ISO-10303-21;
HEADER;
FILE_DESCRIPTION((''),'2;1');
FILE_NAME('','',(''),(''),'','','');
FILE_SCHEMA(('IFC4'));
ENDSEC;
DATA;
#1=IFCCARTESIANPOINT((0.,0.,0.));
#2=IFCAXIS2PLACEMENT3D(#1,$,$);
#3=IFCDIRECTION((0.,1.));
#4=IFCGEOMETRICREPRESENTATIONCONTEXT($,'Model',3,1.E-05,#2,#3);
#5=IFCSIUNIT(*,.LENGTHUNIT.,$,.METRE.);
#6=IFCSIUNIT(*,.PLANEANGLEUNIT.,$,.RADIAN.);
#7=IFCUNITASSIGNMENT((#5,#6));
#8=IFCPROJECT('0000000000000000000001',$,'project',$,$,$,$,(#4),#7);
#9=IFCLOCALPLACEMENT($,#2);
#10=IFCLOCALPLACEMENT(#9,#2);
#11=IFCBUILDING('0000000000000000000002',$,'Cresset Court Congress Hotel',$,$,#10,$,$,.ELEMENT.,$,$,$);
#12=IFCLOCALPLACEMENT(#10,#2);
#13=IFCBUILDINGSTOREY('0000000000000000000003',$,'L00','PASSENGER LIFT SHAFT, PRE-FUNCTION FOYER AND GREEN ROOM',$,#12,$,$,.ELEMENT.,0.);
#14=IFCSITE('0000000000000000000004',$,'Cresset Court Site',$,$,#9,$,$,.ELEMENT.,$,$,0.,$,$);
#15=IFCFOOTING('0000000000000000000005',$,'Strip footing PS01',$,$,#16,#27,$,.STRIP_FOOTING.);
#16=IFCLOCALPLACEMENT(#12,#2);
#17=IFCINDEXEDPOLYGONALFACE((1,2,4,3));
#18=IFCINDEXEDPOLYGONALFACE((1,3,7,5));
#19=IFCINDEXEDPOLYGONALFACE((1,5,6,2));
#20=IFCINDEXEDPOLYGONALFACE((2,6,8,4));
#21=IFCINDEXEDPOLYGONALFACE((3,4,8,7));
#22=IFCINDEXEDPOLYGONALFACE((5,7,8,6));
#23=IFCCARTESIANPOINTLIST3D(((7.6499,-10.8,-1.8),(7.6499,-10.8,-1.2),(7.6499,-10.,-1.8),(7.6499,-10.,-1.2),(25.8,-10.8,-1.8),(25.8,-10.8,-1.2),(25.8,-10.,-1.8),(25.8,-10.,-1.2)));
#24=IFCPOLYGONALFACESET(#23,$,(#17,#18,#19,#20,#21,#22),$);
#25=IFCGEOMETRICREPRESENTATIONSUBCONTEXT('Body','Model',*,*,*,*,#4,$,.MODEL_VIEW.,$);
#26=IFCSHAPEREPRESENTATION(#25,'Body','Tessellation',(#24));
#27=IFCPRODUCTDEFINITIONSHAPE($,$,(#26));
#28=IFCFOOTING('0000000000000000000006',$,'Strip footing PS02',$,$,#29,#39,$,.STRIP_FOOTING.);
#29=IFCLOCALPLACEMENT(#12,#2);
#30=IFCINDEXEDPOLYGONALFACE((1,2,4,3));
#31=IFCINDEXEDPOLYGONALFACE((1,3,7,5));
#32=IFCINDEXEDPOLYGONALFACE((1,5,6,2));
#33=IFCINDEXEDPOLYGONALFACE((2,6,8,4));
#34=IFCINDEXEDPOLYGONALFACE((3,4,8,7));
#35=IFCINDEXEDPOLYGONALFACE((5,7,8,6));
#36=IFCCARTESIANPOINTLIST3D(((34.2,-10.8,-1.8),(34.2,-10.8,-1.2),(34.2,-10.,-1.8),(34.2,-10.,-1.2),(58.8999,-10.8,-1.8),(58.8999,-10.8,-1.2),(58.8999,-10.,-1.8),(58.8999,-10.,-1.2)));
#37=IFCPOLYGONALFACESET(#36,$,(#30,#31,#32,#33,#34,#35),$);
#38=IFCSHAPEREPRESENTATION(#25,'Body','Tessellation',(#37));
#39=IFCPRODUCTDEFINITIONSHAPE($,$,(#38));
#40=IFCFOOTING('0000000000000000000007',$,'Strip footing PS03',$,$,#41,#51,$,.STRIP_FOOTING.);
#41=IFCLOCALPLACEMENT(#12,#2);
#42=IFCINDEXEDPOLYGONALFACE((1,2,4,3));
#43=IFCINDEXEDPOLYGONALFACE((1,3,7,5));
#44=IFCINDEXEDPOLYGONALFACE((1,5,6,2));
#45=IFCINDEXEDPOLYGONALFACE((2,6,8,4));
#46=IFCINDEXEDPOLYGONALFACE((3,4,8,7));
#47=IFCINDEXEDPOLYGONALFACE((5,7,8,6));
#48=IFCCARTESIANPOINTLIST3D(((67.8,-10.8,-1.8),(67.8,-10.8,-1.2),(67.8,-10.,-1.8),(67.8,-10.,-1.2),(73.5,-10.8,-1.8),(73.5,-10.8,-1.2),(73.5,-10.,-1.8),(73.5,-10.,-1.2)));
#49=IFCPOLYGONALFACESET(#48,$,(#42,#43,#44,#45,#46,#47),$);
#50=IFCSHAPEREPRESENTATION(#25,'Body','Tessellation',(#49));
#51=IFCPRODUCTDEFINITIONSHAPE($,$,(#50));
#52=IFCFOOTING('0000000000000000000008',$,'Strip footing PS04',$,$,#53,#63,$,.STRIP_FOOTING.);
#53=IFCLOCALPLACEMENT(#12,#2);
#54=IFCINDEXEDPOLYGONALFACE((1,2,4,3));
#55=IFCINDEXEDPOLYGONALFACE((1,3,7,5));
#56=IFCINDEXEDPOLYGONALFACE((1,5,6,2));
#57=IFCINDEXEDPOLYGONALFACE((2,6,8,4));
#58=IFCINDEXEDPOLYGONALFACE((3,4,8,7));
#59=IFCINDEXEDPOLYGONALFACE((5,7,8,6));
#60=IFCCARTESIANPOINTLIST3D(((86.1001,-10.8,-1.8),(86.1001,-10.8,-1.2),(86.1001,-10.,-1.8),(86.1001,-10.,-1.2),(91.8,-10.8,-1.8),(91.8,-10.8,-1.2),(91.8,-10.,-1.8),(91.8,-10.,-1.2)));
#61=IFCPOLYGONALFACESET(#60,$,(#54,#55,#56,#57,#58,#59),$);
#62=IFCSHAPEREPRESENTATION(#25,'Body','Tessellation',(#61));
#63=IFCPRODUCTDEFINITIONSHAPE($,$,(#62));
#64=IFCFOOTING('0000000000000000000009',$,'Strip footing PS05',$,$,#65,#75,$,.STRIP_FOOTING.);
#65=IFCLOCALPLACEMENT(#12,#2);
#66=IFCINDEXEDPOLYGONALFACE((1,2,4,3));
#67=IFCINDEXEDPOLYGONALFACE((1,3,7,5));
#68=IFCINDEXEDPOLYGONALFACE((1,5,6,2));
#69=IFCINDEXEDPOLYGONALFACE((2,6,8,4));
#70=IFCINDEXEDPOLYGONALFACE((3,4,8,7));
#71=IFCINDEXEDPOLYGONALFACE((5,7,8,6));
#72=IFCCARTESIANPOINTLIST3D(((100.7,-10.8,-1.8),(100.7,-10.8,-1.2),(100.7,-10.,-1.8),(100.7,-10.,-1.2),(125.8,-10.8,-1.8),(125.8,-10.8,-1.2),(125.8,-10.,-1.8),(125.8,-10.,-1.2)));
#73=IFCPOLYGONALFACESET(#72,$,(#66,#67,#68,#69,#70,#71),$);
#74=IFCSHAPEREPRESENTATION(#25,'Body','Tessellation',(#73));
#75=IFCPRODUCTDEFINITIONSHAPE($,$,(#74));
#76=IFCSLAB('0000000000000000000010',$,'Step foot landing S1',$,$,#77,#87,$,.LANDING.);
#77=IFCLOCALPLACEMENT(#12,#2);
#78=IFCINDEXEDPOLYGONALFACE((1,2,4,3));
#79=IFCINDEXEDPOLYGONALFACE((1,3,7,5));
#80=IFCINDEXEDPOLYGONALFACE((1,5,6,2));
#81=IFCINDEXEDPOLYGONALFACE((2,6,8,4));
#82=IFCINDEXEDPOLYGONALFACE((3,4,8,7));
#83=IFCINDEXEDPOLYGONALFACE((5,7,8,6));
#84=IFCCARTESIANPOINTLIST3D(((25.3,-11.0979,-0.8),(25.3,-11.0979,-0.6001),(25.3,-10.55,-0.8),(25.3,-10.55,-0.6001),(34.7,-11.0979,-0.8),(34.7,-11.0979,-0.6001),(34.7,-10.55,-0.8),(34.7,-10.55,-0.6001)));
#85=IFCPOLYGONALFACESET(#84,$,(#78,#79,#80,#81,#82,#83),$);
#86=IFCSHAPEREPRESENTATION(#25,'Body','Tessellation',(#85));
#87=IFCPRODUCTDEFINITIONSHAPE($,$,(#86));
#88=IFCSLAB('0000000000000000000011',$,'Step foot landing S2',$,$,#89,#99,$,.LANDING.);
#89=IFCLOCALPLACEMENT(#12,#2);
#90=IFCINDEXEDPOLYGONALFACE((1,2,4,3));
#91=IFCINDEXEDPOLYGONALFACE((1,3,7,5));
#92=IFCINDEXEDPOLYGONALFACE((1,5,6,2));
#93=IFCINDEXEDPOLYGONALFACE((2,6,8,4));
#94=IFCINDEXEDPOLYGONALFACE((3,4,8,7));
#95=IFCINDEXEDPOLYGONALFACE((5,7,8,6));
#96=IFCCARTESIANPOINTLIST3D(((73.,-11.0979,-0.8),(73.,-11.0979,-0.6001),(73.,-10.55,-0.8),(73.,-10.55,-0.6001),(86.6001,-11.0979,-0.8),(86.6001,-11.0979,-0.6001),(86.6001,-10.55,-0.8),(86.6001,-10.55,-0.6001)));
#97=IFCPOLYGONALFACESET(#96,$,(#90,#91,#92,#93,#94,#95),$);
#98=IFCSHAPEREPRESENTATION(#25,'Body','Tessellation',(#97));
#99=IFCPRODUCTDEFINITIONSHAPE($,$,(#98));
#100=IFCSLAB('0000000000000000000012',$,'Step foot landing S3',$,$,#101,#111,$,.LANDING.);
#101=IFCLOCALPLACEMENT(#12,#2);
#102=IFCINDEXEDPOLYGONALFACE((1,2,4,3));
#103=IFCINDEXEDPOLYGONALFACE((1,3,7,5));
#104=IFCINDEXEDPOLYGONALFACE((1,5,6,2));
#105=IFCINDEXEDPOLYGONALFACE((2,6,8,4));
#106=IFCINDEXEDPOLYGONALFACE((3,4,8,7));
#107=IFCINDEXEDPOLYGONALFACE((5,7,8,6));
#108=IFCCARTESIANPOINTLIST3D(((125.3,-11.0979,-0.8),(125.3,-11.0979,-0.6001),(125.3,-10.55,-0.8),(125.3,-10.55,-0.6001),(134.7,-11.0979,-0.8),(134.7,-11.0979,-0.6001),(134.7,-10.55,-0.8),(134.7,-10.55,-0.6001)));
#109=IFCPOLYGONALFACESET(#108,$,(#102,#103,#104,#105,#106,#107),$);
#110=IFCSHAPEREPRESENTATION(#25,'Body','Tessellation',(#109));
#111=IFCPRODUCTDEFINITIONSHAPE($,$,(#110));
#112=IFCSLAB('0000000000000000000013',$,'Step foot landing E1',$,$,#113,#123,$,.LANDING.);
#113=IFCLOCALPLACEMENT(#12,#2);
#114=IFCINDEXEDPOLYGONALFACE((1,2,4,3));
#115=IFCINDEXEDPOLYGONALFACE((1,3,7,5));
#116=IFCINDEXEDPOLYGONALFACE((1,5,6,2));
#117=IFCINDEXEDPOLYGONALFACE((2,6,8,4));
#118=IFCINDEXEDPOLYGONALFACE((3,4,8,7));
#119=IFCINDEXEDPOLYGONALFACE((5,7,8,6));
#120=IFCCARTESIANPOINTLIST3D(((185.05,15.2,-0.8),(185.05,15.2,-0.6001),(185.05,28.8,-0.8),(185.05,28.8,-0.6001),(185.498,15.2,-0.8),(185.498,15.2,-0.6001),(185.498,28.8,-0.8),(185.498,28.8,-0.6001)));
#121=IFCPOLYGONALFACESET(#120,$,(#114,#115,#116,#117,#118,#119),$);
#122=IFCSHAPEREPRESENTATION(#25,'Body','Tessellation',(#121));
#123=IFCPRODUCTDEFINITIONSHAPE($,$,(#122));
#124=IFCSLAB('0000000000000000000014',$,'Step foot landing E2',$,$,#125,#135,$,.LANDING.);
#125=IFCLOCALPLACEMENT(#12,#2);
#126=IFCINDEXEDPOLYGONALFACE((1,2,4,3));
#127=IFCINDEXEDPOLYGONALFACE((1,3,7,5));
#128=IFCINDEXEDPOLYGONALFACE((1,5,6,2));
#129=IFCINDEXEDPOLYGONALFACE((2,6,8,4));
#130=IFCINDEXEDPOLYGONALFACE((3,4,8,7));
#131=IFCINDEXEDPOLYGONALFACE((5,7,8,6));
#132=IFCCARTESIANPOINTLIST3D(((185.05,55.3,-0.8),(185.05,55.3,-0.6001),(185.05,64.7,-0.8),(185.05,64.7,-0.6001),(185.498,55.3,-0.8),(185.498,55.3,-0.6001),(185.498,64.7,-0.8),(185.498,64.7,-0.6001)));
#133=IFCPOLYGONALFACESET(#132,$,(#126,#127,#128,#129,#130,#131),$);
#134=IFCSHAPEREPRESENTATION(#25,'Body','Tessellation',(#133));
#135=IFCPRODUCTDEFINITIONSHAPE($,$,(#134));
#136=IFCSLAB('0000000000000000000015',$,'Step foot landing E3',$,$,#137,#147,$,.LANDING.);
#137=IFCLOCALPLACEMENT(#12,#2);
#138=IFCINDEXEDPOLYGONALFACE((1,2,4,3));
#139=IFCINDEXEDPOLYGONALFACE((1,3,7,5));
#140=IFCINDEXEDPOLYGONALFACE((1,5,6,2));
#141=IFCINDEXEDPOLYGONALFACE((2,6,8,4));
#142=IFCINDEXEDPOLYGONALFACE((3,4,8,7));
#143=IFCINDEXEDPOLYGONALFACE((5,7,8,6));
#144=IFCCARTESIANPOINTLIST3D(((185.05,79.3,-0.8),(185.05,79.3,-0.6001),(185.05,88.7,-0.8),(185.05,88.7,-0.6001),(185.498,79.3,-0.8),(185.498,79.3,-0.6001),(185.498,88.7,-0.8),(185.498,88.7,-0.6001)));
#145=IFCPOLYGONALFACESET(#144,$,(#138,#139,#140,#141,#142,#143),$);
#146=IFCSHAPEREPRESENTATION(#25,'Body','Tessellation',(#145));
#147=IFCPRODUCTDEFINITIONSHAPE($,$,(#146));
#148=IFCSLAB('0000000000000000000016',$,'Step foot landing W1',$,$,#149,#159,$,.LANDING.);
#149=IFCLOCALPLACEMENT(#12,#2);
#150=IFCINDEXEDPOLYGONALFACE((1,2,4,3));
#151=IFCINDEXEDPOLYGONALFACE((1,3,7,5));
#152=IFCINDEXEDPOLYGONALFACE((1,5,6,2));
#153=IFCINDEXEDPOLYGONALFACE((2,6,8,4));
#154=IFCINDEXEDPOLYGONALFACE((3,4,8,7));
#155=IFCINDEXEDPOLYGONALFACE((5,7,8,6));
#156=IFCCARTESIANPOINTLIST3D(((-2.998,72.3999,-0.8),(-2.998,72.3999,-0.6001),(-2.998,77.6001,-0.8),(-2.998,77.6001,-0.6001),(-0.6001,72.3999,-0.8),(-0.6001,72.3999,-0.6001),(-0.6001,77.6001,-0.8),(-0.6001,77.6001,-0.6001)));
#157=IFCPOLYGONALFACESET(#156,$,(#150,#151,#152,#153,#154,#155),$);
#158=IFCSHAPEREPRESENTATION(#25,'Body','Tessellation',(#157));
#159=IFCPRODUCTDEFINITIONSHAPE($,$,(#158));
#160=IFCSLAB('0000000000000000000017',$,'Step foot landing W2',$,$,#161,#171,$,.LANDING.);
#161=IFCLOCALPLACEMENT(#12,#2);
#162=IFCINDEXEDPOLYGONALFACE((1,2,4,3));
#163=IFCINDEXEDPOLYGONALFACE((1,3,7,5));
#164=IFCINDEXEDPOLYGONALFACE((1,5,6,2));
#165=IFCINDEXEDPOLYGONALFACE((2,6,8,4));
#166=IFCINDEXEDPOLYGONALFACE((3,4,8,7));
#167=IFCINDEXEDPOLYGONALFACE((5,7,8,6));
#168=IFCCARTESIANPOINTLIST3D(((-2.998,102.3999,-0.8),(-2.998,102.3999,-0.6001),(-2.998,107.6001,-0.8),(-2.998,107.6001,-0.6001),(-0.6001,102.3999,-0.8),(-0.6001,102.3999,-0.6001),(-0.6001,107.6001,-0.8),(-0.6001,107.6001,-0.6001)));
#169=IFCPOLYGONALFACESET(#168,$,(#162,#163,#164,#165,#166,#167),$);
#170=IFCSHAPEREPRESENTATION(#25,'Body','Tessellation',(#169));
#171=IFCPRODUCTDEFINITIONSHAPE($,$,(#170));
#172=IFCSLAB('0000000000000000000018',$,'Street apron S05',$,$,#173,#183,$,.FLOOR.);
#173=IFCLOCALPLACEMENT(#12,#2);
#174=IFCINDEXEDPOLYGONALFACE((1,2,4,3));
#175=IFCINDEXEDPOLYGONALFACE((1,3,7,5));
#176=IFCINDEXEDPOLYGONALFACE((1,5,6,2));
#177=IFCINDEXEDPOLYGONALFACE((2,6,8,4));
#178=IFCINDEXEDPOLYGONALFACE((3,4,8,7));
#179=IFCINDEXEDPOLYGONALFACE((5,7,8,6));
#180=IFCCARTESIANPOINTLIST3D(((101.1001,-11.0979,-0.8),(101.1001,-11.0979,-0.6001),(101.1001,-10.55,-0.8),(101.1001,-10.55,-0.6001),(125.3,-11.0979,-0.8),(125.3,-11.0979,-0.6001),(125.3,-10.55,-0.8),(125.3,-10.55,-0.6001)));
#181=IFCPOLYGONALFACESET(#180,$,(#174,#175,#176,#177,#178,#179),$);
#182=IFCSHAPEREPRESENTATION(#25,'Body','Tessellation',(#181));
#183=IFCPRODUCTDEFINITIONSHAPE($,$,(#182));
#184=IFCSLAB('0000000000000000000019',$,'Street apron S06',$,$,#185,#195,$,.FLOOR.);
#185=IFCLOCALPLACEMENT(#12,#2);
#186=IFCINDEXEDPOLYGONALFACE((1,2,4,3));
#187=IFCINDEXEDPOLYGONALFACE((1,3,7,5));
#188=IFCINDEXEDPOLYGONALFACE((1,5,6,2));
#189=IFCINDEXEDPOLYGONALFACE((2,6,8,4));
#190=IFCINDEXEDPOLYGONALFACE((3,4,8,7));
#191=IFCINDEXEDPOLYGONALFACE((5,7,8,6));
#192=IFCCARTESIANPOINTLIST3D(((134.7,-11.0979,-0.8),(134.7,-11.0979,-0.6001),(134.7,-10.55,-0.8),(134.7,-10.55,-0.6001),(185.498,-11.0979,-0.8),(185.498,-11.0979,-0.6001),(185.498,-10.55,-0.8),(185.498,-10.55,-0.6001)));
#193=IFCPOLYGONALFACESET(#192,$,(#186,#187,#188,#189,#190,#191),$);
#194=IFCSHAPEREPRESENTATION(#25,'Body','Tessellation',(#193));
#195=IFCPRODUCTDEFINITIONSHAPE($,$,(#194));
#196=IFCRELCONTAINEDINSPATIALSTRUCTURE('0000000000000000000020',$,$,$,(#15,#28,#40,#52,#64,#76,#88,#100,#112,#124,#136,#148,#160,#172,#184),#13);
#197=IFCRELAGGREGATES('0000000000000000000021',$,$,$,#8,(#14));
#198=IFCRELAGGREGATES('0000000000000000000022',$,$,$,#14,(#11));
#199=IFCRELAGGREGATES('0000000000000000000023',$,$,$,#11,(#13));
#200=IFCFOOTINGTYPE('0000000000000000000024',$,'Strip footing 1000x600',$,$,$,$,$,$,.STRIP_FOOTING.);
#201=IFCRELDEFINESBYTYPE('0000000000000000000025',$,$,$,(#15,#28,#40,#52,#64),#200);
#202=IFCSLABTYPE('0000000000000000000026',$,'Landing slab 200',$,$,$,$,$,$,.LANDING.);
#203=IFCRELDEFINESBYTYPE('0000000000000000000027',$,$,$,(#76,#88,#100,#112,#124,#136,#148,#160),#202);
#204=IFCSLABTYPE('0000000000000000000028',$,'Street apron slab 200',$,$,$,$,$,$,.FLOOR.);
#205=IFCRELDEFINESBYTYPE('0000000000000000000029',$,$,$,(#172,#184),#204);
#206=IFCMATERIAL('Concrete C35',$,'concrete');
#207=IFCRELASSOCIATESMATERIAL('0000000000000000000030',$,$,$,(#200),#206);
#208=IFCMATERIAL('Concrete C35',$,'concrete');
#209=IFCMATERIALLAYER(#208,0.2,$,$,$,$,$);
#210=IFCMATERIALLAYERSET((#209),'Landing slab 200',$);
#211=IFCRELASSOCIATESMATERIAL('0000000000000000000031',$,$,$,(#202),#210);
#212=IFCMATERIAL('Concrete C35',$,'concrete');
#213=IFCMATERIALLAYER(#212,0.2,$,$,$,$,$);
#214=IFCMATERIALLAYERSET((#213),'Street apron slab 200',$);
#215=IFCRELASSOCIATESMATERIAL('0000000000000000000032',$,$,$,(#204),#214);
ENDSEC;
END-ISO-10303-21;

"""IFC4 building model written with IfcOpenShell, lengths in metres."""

from ifc_helpers import new_model, si_unit, direction, frame, origin, place, context, subcontext, project, spatial, polyline, outline, extrude, material, layer, layer_set, type_object, element, save


model = new_model("IFC4")

# Units and contexts
model_context = context("Model", 3, precision=1e-05, world=origin(), true_north=direction((0.0, 1.0)))
body_context = subcontext(model_context, "Body", "Model", "MODEL_VIEW")
ifc_project = project(units=[si_unit("LENGTHUNIT", "METRE"), si_unit("PLANEANGLEUNIT", "RADIAN")], contexts=[model_context])

# Site, building, storey
site_placement = place(None, origin())
site = spatial("IfcSite", under=ifc_project, at=site_placement, Name="Cresset Court Site", CompositionType="ELEMENT", RefElevation=0.0)
building_placement = place(site_placement, origin())
building = spatial("IfcBuilding", under=site, at=building_placement, Name="Cresset Court Congress Hotel", CompositionType="ELEMENT")
storey_placement = place(building_placement, origin())
storey = spatial("IfcBuildingStorey", under=building, at=storey_placement, Name="L00", Description="PASSENGER LIFT SHAFT, PRE-FUNCTION FOYER AND GREEN ROOM", CompositionType="ELEMENT", Elevation=0.0)

# Footings
ifc_material_1 = material(Name="Concrete C35", Category="concrete")
footing_type = type_object("IfcFootingType", Name="Strip footing 1000x600", PredefinedType="STRIP_FOOTING", material=ifc_material_1)
footing_1_placement = place(storey_placement, frame((0.0, 0.0, -1.8)))
element("IfcFooting", 1, at=footing_1_placement, inside=storey, type_object=footing_type, Name="Strip footing PS01", PredefinedType="STRIP_FOOTING", context=body_context, shape_type="SweptSolid", body=[
    extrude(outline(polyline([(7.6499, -10.0), (25.8, -10.0), (25.8, -10.8), (7.6499, -10.8), (7.6499, -10.0)])), origin(), (0.0, 0.0, 1.0), 0.6001),
])
footing_2_placement = place(storey_placement, frame((0.0, 0.0, -1.8)))
element("IfcFooting", 2, at=footing_2_placement, inside=storey, type_object=footing_type, Name="Strip footing PS02", PredefinedType="STRIP_FOOTING", context=body_context, shape_type="SweptSolid", body=[
    extrude(outline(polyline([(34.2, -10.0), (58.8999, -10.0), (58.8999, -10.8), (34.2, -10.8), (34.2, -10.0)])), origin(), (0.0, 0.0, 1.0), 0.6001),
])
footing_3_placement = place(storey_placement, frame((0.0, 0.0, -1.8)))
element("IfcFooting", 3, at=footing_3_placement, inside=storey, type_object=footing_type, Name="Strip footing PS03", PredefinedType="STRIP_FOOTING", context=body_context, shape_type="SweptSolid", body=[
    extrude(outline(polyline([(67.8, -10.0), (73.5, -10.0), (73.5, -10.8), (67.8, -10.8), (67.8, -10.0)])), origin(), (0.0, 0.0, 1.0), 0.6001),
])
footing_4_placement = place(storey_placement, frame((0.0, 0.0, -1.8)))
element("IfcFooting", 4, at=footing_4_placement, inside=storey, type_object=footing_type, Name="Strip footing PS04", PredefinedType="STRIP_FOOTING", context=body_context, shape_type="SweptSolid", body=[
    extrude(outline(polyline([(86.1001, -10.0), (91.8, -10.0), (91.8, -10.8), (86.1001, -10.8), (86.1001, -10.0)])), origin(), (0.0, 0.0, 1.0), 0.6001),
])
footing_5_placement = place(storey_placement, frame((0.0, 0.0, -1.8)))
element("IfcFooting", 5, at=footing_5_placement, inside=storey, type_object=footing_type, Name="Strip footing PS05", PredefinedType="STRIP_FOOTING", context=body_context, shape_type="SweptSolid", body=[
    extrude(outline(polyline([(100.7, -10.0), (125.8, -10.0), (125.8, -10.8), (100.7, -10.8), (100.7, -10.0)])), origin(), (0.0, 0.0, 1.0), 0.6001),
])

# Slabs
ifc_material_2 = material(Name="Concrete C35", Category="concrete")
ifc_layer_1 = layer(ifc_material_2, 0.2)
ifc_layer_set_1 = layer_set([ifc_layer_1], Name="Landing slab 200")
slab_type_1 = type_object("IfcSlabType", Name="Landing slab 200", PredefinedType="LANDING", material=ifc_layer_set_1)
slab_1_placement = place(storey_placement, frame((0.0, 0.0, -0.8)))
element("IfcSlab", 6, at=slab_1_placement, inside=storey, type_object=slab_type_1, Name="Step foot landing S1", PredefinedType="LANDING", context=body_context, shape_type="SweptSolid", body=[
    extrude(outline(polyline([(25.3, -11.0979), (34.7, -11.0979), (34.7, -10.55), (25.3, -10.55), (25.3, -11.0979)])), origin(), (0.0, 0.0, 1.0), 0.2),
])
slab_2_placement = place(storey_placement, frame((0.0, 0.0, -0.8)))
element("IfcSlab", 7, at=slab_2_placement, inside=storey, type_object=slab_type_1, Name="Step foot landing S2", PredefinedType="LANDING", context=body_context, shape_type="SweptSolid", body=[
    extrude(outline(polyline([(73.0, -11.0979), (86.6001, -11.0979), (86.6001, -10.55), (73.0, -10.55), (73.0, -11.0979)])), origin(), (0.0, 0.0, 1.0), 0.2),
])
slab_3_placement = place(storey_placement, frame((0.0, 0.0, -0.8)))
element("IfcSlab", 8, at=slab_3_placement, inside=storey, type_object=slab_type_1, Name="Step foot landing S3", PredefinedType="LANDING", context=body_context, shape_type="SweptSolid", body=[
    extrude(outline(polyline([(125.3, -11.0979), (134.7, -11.0979), (134.7, -10.55), (125.3, -10.55), (125.3, -11.0979)])), origin(), (0.0, 0.0, 1.0), 0.2),
])
slab_4_placement = place(storey_placement, frame((0.0, 0.0, -0.8)))
element("IfcSlab", 9, at=slab_4_placement, inside=storey, type_object=slab_type_1, Name="Step foot landing E1", PredefinedType="LANDING", context=body_context, shape_type="SweptSolid", body=[
    extrude(outline(polyline([(185.05, 15.2), (185.498, 15.2), (185.498, 28.8), (185.05, 28.8), (185.05, 15.2)])), origin(), (0.0, 0.0, 1.0), 0.2),
])
slab_5_placement = place(storey_placement, frame((0.0, 0.0, -0.8)))
element("IfcSlab", 10, at=slab_5_placement, inside=storey, type_object=slab_type_1, Name="Step foot landing E2", PredefinedType="LANDING", context=body_context, shape_type="SweptSolid", body=[
    extrude(outline(polyline([(185.05, 55.3), (185.498, 55.3), (185.498, 64.7), (185.05, 64.7), (185.05, 55.3)])), origin(), (0.0, 0.0, 1.0), 0.2),
])
slab_6_placement = place(storey_placement, frame((0.0, 0.0, -0.8)))
element("IfcSlab", 11, at=slab_6_placement, inside=storey, type_object=slab_type_1, Name="Step foot landing E3", PredefinedType="LANDING", context=body_context, shape_type="SweptSolid", body=[
    extrude(outline(polyline([(185.05, 79.3), (185.498, 79.3), (185.498, 88.7), (185.05, 88.7), (185.05, 79.3)])), origin(), (0.0, 0.0, 1.0), 0.2),
])
slab_7_placement = place(storey_placement, frame((0.0, 0.0, -0.8)))
element("IfcSlab", 12, at=slab_7_placement, inside=storey, type_object=slab_type_1, Name="Step foot landing W1", PredefinedType="LANDING", context=body_context, shape_type="SweptSolid", body=[
    extrude(outline(polyline([(-2.998, 72.3999), (-0.6001, 72.3999), (-0.6001, 77.6001), (-2.998, 77.6001), (-2.998, 72.3999)])), origin(), (0.0, 0.0, 1.0), 0.2),
])
slab_8_placement = place(storey_placement, frame((0.0, 0.0, -0.8)))
element("IfcSlab", 13, at=slab_8_placement, inside=storey, type_object=slab_type_1, Name="Step foot landing W2", PredefinedType="LANDING", context=body_context, shape_type="SweptSolid", body=[
    extrude(outline(polyline([(-2.998, 102.3999), (-0.6001, 102.3999), (-0.6001, 107.6001), (-2.998, 107.6001), (-2.998, 102.3999)])), origin(), (0.0, 0.0, 1.0), 0.2),
])
ifc_material_3 = material(Name="Concrete C35", Category="concrete")
ifc_layer_2 = layer(ifc_material_3, 0.2)
ifc_layer_set_2 = layer_set([ifc_layer_2], Name="Street apron slab 200")
slab_type_2 = type_object("IfcSlabType", Name="Street apron slab 200", PredefinedType="FLOOR", material=ifc_layer_set_2)
slab_9_placement = place(storey_placement, frame((0.0, 0.0, -0.8)))
element("IfcSlab", 14, at=slab_9_placement, inside=storey, type_object=slab_type_2, Name="Street apron S05", PredefinedType="FLOOR", context=body_context, shape_type="SweptSolid", body=[
    extrude(outline(polyline([(101.1001, -11.0979), (125.3, -11.0979), (125.3, -10.55), (101.1001, -10.55), (101.1001, -11.0979)])), origin(), (0.0, 0.0, 1.0), 0.2),
])
slab_10_placement = place(storey_placement, frame((0.0, 0.0, -0.8)))
element("IfcSlab", 15, at=slab_10_placement, inside=storey, type_object=slab_type_2, Name="Street apron S06", PredefinedType="FLOOR", context=body_context, shape_type="SweptSolid", body=[
    extrude(outline(polyline([(134.7, -11.0979), (185.498, -11.0979), (185.498, -10.55), (134.7, -10.55), (134.7, -11.0979)])), origin(), (0.0, 0.0, 1.0), 0.2),
])

save(model, "model.ifc")
